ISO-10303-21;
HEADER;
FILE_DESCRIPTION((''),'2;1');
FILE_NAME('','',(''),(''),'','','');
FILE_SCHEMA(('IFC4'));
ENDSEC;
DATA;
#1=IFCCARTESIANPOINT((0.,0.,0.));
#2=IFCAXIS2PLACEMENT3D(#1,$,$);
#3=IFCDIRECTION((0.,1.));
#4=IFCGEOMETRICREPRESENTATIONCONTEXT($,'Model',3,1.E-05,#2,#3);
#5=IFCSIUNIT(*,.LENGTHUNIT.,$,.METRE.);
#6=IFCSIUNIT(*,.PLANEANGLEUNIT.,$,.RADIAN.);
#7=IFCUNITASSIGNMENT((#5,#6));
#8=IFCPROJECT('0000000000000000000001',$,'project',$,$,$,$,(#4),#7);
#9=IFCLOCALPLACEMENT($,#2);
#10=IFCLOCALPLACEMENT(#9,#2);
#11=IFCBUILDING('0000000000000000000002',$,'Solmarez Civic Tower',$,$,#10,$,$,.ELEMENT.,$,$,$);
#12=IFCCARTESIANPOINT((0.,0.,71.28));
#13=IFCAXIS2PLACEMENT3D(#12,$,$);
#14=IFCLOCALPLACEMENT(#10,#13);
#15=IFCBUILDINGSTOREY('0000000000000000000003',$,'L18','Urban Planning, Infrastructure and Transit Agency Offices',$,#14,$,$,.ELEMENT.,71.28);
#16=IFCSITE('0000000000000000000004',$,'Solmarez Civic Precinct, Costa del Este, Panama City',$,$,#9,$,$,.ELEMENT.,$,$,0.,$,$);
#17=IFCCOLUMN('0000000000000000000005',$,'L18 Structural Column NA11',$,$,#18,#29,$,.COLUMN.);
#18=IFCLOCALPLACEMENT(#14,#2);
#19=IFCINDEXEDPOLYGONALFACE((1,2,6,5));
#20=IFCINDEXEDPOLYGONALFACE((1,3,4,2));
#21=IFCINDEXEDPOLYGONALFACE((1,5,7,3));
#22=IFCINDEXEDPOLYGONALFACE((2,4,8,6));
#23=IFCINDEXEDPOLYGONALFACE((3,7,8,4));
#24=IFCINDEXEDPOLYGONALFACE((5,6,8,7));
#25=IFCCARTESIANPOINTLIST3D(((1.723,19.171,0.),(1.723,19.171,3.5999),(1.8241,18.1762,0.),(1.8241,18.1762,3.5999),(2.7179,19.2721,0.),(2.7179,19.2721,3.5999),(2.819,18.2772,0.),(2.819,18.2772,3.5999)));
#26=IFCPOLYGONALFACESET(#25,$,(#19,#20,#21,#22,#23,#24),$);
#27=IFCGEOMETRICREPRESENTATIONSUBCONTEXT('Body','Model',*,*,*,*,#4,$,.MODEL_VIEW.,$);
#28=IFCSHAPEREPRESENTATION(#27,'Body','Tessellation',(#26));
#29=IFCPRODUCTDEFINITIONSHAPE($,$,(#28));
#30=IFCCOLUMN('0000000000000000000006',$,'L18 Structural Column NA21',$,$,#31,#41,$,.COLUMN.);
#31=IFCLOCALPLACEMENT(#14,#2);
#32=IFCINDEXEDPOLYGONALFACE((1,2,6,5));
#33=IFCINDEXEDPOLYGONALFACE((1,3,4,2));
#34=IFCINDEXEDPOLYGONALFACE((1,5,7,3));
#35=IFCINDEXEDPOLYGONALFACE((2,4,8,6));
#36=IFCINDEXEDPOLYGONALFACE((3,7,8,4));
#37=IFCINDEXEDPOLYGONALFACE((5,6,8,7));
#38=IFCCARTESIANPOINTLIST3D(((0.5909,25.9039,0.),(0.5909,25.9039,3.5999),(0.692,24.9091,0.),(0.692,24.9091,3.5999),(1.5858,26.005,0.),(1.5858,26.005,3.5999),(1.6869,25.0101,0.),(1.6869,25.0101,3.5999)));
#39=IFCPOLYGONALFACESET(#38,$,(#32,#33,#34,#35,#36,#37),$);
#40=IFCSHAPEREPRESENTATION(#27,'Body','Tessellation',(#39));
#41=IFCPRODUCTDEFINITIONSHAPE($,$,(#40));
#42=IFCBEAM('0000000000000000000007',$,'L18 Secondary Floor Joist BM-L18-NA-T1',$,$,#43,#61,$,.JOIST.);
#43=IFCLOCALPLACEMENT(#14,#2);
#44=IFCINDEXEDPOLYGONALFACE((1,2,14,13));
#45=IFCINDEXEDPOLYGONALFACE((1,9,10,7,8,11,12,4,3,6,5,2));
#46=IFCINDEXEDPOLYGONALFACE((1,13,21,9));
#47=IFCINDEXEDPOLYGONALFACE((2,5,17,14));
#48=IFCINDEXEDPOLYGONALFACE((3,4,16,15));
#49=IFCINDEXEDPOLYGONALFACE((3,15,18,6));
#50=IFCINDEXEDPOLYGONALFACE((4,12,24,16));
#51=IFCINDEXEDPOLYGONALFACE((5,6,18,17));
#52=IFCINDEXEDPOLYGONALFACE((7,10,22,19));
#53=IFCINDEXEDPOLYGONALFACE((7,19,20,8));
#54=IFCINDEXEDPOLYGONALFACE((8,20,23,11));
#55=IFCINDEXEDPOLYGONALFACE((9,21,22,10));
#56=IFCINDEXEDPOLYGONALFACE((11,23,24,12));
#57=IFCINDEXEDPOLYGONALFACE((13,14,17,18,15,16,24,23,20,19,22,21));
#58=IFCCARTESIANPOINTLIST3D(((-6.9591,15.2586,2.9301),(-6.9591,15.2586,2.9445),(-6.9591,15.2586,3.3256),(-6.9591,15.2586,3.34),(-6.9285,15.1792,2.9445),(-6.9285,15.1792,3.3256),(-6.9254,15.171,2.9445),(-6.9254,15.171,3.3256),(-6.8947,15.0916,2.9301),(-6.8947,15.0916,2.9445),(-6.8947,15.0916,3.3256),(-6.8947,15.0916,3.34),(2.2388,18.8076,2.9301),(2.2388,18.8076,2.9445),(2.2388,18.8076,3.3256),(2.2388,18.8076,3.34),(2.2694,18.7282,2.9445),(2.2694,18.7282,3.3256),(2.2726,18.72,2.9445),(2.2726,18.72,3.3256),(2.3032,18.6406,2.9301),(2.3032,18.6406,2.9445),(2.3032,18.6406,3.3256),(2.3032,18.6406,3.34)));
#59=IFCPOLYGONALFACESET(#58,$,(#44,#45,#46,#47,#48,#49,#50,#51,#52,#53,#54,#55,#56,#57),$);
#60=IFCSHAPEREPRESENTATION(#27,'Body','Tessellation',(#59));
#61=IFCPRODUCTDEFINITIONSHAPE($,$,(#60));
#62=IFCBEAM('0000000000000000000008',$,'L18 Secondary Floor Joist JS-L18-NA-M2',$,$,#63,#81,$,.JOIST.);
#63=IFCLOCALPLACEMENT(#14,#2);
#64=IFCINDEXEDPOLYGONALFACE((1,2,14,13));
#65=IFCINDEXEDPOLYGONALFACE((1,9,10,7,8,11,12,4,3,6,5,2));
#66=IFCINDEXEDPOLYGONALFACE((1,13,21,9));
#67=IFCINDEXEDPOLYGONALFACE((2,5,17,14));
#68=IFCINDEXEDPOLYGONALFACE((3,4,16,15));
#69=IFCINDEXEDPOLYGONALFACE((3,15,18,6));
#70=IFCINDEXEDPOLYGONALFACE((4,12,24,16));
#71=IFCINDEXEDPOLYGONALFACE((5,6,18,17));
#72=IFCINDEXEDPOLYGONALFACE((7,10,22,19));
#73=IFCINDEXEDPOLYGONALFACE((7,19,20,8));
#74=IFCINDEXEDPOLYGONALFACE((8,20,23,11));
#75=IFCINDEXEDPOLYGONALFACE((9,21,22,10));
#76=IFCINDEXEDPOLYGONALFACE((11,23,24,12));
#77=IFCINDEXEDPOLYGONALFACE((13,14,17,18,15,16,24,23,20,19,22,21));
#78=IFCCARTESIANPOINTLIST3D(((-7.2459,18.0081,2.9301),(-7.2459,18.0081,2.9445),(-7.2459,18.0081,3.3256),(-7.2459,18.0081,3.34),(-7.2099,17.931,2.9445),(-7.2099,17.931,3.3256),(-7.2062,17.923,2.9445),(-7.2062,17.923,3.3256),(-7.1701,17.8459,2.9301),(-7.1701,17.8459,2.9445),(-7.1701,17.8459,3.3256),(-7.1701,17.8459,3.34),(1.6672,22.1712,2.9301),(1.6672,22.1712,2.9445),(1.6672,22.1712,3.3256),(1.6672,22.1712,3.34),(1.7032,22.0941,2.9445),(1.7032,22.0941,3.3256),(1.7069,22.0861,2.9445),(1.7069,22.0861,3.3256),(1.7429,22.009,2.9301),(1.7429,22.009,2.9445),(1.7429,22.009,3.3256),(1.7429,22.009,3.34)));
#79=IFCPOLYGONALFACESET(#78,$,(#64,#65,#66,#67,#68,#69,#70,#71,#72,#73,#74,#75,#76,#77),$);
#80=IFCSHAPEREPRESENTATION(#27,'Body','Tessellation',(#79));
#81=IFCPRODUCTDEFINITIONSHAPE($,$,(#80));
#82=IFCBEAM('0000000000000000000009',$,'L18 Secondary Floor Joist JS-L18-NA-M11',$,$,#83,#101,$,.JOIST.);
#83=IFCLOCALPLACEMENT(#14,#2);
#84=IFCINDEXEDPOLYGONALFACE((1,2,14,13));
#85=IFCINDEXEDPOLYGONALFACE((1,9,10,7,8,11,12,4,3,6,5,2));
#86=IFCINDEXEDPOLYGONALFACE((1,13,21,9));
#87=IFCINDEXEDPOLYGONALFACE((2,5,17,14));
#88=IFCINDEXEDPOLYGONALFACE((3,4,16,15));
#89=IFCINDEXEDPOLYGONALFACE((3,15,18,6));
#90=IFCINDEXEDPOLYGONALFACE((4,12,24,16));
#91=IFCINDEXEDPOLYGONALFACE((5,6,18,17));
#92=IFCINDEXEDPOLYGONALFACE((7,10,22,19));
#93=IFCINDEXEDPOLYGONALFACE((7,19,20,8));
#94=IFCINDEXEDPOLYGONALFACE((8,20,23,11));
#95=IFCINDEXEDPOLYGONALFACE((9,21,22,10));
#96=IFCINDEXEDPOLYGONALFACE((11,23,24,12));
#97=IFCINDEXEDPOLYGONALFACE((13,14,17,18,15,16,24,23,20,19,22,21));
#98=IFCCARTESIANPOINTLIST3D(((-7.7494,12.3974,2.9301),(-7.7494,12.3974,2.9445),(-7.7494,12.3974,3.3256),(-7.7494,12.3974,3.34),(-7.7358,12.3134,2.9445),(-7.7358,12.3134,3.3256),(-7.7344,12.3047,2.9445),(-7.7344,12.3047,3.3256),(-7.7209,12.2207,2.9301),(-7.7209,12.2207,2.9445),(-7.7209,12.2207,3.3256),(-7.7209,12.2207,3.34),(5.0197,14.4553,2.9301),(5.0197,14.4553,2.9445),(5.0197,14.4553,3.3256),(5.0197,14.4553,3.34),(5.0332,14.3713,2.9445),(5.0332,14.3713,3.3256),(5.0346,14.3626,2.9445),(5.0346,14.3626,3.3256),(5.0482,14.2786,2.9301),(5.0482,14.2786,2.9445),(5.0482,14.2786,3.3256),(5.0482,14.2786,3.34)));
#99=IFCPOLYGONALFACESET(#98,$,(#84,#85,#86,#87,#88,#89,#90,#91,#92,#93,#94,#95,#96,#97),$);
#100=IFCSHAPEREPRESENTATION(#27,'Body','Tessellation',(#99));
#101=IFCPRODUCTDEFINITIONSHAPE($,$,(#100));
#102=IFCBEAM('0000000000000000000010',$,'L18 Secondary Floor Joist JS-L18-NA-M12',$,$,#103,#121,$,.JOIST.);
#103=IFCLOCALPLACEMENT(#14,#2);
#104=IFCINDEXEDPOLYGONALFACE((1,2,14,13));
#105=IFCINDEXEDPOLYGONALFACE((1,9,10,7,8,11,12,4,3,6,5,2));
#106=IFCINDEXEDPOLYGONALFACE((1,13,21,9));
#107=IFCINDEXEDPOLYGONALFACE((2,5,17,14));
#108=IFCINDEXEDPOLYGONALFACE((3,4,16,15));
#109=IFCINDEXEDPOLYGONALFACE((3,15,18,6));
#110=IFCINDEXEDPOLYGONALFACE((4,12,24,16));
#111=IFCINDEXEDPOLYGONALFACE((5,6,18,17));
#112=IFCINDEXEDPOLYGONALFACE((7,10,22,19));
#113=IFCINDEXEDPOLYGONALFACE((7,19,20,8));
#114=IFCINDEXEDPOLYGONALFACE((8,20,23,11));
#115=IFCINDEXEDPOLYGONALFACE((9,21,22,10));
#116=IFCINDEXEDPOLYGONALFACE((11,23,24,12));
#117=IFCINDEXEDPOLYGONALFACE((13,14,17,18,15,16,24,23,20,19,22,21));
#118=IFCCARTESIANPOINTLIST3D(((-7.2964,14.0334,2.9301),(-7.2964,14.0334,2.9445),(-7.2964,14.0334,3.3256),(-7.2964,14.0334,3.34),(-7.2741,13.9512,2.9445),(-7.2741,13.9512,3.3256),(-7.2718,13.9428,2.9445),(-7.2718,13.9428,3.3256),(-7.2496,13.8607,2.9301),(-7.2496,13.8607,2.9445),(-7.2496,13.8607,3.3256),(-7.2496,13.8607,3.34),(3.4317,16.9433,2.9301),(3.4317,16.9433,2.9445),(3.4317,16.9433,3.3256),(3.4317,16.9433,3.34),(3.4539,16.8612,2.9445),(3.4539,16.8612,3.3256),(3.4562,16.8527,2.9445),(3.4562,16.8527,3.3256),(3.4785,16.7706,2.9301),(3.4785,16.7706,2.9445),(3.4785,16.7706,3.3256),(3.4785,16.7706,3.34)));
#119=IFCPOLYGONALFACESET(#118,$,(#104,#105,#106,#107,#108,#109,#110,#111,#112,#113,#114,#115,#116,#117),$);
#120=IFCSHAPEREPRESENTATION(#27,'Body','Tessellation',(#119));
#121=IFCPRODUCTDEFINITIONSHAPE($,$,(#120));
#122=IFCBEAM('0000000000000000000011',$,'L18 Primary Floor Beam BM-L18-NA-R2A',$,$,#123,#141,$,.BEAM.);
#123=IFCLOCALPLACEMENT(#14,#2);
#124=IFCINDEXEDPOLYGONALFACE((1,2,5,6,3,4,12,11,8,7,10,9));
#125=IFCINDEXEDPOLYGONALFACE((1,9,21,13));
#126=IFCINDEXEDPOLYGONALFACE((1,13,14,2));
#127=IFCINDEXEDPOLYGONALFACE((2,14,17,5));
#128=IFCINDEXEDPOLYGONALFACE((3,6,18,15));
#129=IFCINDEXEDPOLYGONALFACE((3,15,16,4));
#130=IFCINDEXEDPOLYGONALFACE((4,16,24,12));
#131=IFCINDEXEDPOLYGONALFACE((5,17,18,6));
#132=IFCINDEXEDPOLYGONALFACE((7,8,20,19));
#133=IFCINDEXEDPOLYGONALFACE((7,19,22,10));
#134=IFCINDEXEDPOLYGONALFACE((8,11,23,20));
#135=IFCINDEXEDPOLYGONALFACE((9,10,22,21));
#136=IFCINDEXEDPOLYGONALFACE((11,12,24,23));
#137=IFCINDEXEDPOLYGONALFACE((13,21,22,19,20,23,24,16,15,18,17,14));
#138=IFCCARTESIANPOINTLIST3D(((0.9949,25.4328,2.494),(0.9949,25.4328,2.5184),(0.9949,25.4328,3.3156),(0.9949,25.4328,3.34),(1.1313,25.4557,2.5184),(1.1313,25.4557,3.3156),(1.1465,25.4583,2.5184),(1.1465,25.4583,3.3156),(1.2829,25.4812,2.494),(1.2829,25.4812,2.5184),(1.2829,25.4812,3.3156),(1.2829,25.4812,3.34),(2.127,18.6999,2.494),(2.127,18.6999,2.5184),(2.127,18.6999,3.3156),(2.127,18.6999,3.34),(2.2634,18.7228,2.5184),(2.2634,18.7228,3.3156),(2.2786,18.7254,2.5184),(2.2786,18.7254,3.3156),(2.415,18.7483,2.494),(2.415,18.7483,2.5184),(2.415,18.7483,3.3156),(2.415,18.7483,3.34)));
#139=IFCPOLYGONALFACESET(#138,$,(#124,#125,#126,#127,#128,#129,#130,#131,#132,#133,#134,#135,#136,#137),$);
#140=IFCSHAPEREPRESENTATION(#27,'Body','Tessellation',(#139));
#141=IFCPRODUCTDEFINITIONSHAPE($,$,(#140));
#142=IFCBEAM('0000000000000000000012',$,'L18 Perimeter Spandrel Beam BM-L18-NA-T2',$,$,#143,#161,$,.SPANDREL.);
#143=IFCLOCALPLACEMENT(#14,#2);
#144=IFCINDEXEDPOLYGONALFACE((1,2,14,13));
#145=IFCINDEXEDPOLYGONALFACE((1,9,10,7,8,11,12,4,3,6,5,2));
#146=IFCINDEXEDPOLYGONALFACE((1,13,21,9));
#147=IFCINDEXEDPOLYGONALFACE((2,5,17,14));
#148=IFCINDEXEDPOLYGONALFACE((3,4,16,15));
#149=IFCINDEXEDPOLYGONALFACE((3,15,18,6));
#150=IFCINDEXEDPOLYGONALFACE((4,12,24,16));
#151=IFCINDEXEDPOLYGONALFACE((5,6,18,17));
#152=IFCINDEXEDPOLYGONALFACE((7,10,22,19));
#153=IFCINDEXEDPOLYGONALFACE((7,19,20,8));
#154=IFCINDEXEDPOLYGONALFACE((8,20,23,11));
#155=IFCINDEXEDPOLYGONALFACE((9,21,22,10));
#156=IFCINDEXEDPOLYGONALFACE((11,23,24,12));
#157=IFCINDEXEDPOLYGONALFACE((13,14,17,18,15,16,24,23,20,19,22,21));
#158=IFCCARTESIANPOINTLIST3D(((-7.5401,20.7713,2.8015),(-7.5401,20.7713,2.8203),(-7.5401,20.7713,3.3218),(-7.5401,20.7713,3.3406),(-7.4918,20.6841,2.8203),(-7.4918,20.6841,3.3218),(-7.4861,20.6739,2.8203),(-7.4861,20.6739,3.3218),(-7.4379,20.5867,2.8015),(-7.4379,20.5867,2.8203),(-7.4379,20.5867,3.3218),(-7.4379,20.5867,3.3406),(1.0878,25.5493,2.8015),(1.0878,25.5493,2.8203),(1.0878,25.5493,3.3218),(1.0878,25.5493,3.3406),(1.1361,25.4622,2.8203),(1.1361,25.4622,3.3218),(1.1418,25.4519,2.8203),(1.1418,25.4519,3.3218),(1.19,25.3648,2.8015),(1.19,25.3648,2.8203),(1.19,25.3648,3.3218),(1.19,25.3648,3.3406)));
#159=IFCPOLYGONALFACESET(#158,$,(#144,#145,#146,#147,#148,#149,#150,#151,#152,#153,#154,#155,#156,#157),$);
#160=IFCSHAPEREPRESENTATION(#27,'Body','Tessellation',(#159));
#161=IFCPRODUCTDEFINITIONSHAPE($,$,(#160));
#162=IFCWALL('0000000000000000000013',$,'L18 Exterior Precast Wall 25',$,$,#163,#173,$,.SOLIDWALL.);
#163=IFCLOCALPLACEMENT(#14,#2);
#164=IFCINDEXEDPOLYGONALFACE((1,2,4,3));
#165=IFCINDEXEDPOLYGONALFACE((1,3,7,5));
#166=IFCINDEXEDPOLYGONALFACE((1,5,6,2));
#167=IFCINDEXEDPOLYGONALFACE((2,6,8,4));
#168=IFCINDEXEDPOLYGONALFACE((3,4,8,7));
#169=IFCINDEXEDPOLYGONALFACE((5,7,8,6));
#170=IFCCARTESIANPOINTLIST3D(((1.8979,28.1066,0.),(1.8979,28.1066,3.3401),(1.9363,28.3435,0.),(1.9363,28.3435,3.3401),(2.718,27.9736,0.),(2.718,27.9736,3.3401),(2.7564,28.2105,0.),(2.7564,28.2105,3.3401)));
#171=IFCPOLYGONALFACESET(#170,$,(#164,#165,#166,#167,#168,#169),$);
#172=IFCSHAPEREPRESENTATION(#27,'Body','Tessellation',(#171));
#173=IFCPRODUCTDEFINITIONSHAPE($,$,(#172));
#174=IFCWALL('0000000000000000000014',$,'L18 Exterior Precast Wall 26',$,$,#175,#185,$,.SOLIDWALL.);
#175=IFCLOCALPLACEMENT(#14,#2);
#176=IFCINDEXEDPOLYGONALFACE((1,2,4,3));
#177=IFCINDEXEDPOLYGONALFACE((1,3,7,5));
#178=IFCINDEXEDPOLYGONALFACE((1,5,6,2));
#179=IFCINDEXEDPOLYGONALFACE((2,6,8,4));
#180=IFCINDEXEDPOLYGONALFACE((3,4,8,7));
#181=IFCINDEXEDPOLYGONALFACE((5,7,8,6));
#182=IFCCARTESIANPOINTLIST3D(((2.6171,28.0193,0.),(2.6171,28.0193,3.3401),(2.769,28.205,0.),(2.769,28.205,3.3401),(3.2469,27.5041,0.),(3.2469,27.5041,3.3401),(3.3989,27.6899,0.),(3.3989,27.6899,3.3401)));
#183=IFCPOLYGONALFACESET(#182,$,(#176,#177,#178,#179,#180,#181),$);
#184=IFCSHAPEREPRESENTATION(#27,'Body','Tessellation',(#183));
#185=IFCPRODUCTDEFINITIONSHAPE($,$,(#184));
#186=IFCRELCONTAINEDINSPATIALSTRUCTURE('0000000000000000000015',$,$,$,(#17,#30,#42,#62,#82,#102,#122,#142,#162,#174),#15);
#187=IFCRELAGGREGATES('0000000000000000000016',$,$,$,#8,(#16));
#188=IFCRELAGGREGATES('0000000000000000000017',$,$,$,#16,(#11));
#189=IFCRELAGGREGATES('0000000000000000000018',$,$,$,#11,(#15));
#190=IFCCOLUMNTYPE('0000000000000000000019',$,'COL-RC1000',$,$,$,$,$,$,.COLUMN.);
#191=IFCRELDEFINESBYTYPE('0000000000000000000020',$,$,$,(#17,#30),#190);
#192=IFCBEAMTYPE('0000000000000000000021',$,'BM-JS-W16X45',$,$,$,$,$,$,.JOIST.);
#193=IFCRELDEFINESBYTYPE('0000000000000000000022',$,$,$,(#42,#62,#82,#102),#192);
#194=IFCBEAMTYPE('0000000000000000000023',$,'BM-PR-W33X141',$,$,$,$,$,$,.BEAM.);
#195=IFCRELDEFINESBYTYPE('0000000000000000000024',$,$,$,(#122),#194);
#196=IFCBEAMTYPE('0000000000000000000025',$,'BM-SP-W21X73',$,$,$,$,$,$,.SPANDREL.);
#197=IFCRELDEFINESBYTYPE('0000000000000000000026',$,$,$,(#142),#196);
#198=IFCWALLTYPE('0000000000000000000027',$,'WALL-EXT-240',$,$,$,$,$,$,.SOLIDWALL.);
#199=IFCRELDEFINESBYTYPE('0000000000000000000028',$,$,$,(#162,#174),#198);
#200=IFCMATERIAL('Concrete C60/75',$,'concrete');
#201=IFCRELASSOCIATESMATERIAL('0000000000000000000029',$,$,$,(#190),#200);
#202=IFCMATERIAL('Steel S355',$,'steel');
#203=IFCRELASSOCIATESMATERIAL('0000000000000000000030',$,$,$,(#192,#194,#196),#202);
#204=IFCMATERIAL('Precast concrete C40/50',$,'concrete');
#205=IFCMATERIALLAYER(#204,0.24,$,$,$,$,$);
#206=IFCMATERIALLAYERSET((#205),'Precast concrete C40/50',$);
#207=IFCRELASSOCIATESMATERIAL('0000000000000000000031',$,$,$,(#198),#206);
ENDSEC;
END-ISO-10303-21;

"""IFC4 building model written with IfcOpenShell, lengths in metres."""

from ifc_helpers import new_model, si_unit, direction, frame, frame_2d, origin, origin_2d, place, context, subcontext, project, spatial, rectangle, i_section, extrude, material, layer, layer_set, material_profile, profile_set, type_object, element, save


model = new_model("IFC4")

# Units and contexts
model_context = context("Model", 3, precision=1e-05, world=origin(), true_north=direction((0.0, 1.0)))
body_context = subcontext(model_context, "Body", "Model", "MODEL_VIEW")
ifc_project = project(units=[si_unit("LENGTHUNIT", "METRE"), si_unit("PLANEANGLEUNIT", "RADIAN")], contexts=[model_context])

# Site, building, storey
site_placement = place(None, origin())
site = spatial("IfcSite", under=ifc_project, at=site_placement, Name="Solmarez Civic Precinct, Costa del Este, Panama City", CompositionType="ELEMENT", RefElevation=0.0)
building_placement = place(site_placement, origin())
building = spatial("IfcBuilding", under=site, at=building_placement, Name="Solmarez Civic Tower", CompositionType="ELEMENT")
storey_placement = place(building_placement, frame((0.0, 0.0, 71.28)))
storey = spatial("IfcBuildingStorey", under=building, at=storey_placement, Name="L18", Description="Urban Planning, Infrastructure and Transit Agency Offices", CompositionType="ELEMENT", Elevation=71.28)

# Columns
ifc_material_1 = material(Name="Concrete C60/75", Category="concrete")
ifc_material_profile_1 = material_profile(ifc_material_1, rectangle(XDim=1.0, YDim=1.0, at=origin_2d()), Name="RC1000X1000")
ifc_profile_set_1 = profile_set([ifc_material_profile_1], Name="Concrete C60/75")
column_type = type_object("IfcColumnType", Name="COL-RC1000", PredefinedType="COLUMN", material=ifc_profile_set_1)
for number, where, z_axis, x_axis, name in (
    (1, (2.271, 18.7241, 0.0), (0.0, 0.0, 1.0), (0.994881, 0.101056, 0.0), "L18 Structural Column NA11"),
    (2, (1.1389, 25.457, 0.0), (0.0, 0.0, 1.0), (0.994881, 0.101056, 0.0), "L18 Structural Column NA21"),
):
    element("IfcColumn", number, at=place(storey_placement, frame(where, z_axis=z_axis, x_axis=x_axis)), inside=storey, type_object=column_type, Name=name, PredefinedType="COLUMN", context=body_context, shape_type="SweptSolid", body=[
        extrude(rectangle(XDim=1.0, YDim=1.0, at=origin_2d()), origin(), (0.0, 0.0, 1.0), 3.5999),
    ])

# Beams
ifc_material_2 = material(Name="Steel S355", Category="steel")
ifc_material_profile_2 = material_profile(ifc_material_2, i_section(OverallWidth=0.179, OverallDepth=0.4099, WebThickness=0.0088, FlangeThickness=0.0144, at=origin_2d()), Name="W16X45")
ifc_profile_set_2 = profile_set([ifc_material_profile_2], Name="Steel S355")
beam_type_1 = type_object("IfcBeamType", Name="BM-JS-W16X45", PredefinedType="JOIST", material=ifc_profile_set_2)
beam_1_placement = place(storey_placement, frame((2.271, 18.7241, 3.135), z_axis=(-0.932958, -0.359984, 0.0), x_axis=(0.359984, -0.932958, 0.0)))
element("IfcBeam", 3, at=beam_1_placement, inside=storey, type_object=beam_type_1, Name="L18 Secondary Floor Joist BM-L18-NA-T1", PredefinedType="JOIST", context=body_context, shape_type="SweptSolid", body=[
    extrude(i_section(OverallWidth=0.179, OverallDepth=0.4099, WebThickness=0.0088, FlangeThickness=0.0144, at=origin_2d()), origin(), (0.0, 0.0, 1.0), 9.8589),
])
beam_2_placement = place(storey_placement, frame((1.7051, 22.0901, 3.135), z_axis=(-0.906041, -0.42319, 0.0), x_axis=(0.42319, -0.906041, 0.0)))
element("IfcBeam", 4, at=beam_2_placement, inside=storey, type_object=beam_type_1, Name="L18 Secondary Floor Joist JS-L18-NA-M2", PredefinedType="JOIST", context=body_context, shape_type="SweptSolid", body=[
    extrude(i_section(OverallWidth=0.179, OverallDepth=0.4099, WebThickness=0.0088, FlangeThickness=0.0144, at=origin_2d()), origin(), (0.0, 0.0, 1.0), 9.8374),
])
beam_3_placement = place(storey_placement, frame((5.0339, 14.3669, 3.135), z_axis=(-0.987261, -0.159107, 0.0), x_axis=(0.159107, -0.987261, 0.0)))
element("IfcBeam", 5, at=beam_3_placement, inside=storey, type_object=beam_type_1, Name="L18 Secondary Floor Joist JS-L18-NA-M11", PredefinedType="JOIST", context=body_context, shape_type="SweptSolid", body=[
    extrude(i_section(OverallWidth=0.179, OverallDepth=0.4099, WebThickness=0.0088, FlangeThickness=0.0144, at=origin_2d()), origin(), (0.0, 0.0, 1.0), 12.9338),
])
beam_4_placement = place(storey_placement, frame((3.4551, 16.8569, 3.135), z_axis=(-0.965126, -0.261785, 0.0), x_axis=(0.261785, -0.965126, 0.0)))
element("IfcBeam", 6, at=beam_4_placement, inside=storey, type_object=beam_type_1, Name="L18 Secondary Floor Joist JS-L18-NA-M12", PredefinedType="JOIST", context=body_context, shape_type="SweptSolid", body=[
    extrude(i_section(OverallWidth=0.179, OverallDepth=0.4099, WebThickness=0.0088, FlangeThickness=0.0144, at=origin_2d()), origin(), (0.0, 0.0, 1.0), 11.1157),
])
ifc_material_profile_3 = material_profile(ifc_material_2, i_section(OverallWidth=0.292, OverallDepth=0.8459, WebThickness=0.0154, FlangeThickness=0.0244, at=origin_2d()), Name="W33X141")
ifc_profile_set_3 = profile_set([ifc_material_profile_3], Name="Steel S355")
beam_type_2 = type_object("IfcBeamType", Name="BM-PR-W33X141", PredefinedType="BEAM", material=ifc_profile_set_3)
beam_5_placement = place(storey_placement, frame((2.271, 18.7241, 2.917), z_axis=(-0.165814, 0.986157, 0.0), x_axis=(-0.986157, -0.165814, 0.0)))
element("IfcBeam", 7, at=beam_5_placement, inside=storey, type_object=beam_type_2, Name="L18 Primary Floor Beam BM-L18-NA-R2A", PredefinedType="BEAM", context=body_context, shape_type="SweptSolid", body=[
    extrude(i_section(OverallWidth=0.292, OverallDepth=0.8459, WebThickness=0.0154, FlangeThickness=0.0244, at=origin_2d()), origin(), (0.0, 0.0, 1.0), 6.8274),
])
ifc_material_profile_4 = material_profile(ifc_material_2, i_section(OverallWidth=0.2109, OverallDepth=0.5391, WebThickness=0.0117, FlangeThickness=0.0188, at=origin_2d()), Name="W21X73")
ifc_profile_set_4 = profile_set([ifc_material_profile_4], Name="Steel S355")
beam_type_3 = type_object("IfcBeamType", Name="BM-SP-W21X73", PredefinedType="SPANDREL", material=ifc_profile_set_4)
beam_6_placement = place(storey_placement, frame((1.1389, 25.457, 3.071), z_axis=(-0.874812, -0.484463, 0.0), x_axis=(0.484463, -0.874812, 0.0)))
element("IfcBeam", 8, at=beam_6_placement, inside=storey, type_object=beam_type_3, Name="L18 Perimeter Spandrel Beam BM-L18-NA-T2", PredefinedType="SPANDREL", context=body_context, shape_type="SweptSolid", body=[
    extrude(i_section(OverallWidth=0.2109, OverallDepth=0.5391, WebThickness=0.0117, FlangeThickness=0.0188, at=origin_2d()), origin(), (0.0, 0.0, 1.0), 9.8625),
])

# Walls
ifc_material_3 = material(Name="Precast concrete C40/50", Category="concrete")
ifc_layer_1 = layer(ifc_material_3, 0.24)
ifc_layer_set_1 = layer_set([ifc_layer_1], Name="Precast concrete C40/50")
wall_type_1 = type_object("IfcWallType", Name="WALL-EXT-240", PredefinedType="SOLIDWALL", material=ifc_layer_set_1)
wall_1_placement = place(storey_placement, frame((1.917, 28.2251, 0.0), z_axis=(0.0, 0.0, 1.0), x_axis=(0.987092, -0.160156, 0.0)))
element("IfcWall", 9, at=wall_1_placement, inside=storey, type_object=wall_type_1, Name="L18 Exterior Precast Wall 25", PredefinedType="SOLIDWALL", context=body_context, shape_type="SweptSolid", body=[
    extrude(rectangle(XDim=0.8308, YDim=0.24, at=frame_2d((0.4155, 0.0))), origin(), (0.0, 0.0, 1.0), 3.3401),
])
wall_2_placement = place(storey_placement, frame((2.6931, 28.1121, 0.0), z_axis=(0.0, 0.0, 1.0), x_axis=(0.774091, -0.633074, 0.0)))
element("IfcWall", 10, at=wall_2_placement, inside=storey, type_object=wall_type_1, Name="L18 Exterior Precast Wall 26", PredefinedType="SOLIDWALL", context=body_context, shape_type="SweptSolid", body=[
    extrude(rectangle(XDim=0.8137, YDim=0.24, at=frame_2d((0.4067, 0.0))), origin(), (0.0, 0.0, 1.0), 3.3401),
])

save(model, "model.ifc")
